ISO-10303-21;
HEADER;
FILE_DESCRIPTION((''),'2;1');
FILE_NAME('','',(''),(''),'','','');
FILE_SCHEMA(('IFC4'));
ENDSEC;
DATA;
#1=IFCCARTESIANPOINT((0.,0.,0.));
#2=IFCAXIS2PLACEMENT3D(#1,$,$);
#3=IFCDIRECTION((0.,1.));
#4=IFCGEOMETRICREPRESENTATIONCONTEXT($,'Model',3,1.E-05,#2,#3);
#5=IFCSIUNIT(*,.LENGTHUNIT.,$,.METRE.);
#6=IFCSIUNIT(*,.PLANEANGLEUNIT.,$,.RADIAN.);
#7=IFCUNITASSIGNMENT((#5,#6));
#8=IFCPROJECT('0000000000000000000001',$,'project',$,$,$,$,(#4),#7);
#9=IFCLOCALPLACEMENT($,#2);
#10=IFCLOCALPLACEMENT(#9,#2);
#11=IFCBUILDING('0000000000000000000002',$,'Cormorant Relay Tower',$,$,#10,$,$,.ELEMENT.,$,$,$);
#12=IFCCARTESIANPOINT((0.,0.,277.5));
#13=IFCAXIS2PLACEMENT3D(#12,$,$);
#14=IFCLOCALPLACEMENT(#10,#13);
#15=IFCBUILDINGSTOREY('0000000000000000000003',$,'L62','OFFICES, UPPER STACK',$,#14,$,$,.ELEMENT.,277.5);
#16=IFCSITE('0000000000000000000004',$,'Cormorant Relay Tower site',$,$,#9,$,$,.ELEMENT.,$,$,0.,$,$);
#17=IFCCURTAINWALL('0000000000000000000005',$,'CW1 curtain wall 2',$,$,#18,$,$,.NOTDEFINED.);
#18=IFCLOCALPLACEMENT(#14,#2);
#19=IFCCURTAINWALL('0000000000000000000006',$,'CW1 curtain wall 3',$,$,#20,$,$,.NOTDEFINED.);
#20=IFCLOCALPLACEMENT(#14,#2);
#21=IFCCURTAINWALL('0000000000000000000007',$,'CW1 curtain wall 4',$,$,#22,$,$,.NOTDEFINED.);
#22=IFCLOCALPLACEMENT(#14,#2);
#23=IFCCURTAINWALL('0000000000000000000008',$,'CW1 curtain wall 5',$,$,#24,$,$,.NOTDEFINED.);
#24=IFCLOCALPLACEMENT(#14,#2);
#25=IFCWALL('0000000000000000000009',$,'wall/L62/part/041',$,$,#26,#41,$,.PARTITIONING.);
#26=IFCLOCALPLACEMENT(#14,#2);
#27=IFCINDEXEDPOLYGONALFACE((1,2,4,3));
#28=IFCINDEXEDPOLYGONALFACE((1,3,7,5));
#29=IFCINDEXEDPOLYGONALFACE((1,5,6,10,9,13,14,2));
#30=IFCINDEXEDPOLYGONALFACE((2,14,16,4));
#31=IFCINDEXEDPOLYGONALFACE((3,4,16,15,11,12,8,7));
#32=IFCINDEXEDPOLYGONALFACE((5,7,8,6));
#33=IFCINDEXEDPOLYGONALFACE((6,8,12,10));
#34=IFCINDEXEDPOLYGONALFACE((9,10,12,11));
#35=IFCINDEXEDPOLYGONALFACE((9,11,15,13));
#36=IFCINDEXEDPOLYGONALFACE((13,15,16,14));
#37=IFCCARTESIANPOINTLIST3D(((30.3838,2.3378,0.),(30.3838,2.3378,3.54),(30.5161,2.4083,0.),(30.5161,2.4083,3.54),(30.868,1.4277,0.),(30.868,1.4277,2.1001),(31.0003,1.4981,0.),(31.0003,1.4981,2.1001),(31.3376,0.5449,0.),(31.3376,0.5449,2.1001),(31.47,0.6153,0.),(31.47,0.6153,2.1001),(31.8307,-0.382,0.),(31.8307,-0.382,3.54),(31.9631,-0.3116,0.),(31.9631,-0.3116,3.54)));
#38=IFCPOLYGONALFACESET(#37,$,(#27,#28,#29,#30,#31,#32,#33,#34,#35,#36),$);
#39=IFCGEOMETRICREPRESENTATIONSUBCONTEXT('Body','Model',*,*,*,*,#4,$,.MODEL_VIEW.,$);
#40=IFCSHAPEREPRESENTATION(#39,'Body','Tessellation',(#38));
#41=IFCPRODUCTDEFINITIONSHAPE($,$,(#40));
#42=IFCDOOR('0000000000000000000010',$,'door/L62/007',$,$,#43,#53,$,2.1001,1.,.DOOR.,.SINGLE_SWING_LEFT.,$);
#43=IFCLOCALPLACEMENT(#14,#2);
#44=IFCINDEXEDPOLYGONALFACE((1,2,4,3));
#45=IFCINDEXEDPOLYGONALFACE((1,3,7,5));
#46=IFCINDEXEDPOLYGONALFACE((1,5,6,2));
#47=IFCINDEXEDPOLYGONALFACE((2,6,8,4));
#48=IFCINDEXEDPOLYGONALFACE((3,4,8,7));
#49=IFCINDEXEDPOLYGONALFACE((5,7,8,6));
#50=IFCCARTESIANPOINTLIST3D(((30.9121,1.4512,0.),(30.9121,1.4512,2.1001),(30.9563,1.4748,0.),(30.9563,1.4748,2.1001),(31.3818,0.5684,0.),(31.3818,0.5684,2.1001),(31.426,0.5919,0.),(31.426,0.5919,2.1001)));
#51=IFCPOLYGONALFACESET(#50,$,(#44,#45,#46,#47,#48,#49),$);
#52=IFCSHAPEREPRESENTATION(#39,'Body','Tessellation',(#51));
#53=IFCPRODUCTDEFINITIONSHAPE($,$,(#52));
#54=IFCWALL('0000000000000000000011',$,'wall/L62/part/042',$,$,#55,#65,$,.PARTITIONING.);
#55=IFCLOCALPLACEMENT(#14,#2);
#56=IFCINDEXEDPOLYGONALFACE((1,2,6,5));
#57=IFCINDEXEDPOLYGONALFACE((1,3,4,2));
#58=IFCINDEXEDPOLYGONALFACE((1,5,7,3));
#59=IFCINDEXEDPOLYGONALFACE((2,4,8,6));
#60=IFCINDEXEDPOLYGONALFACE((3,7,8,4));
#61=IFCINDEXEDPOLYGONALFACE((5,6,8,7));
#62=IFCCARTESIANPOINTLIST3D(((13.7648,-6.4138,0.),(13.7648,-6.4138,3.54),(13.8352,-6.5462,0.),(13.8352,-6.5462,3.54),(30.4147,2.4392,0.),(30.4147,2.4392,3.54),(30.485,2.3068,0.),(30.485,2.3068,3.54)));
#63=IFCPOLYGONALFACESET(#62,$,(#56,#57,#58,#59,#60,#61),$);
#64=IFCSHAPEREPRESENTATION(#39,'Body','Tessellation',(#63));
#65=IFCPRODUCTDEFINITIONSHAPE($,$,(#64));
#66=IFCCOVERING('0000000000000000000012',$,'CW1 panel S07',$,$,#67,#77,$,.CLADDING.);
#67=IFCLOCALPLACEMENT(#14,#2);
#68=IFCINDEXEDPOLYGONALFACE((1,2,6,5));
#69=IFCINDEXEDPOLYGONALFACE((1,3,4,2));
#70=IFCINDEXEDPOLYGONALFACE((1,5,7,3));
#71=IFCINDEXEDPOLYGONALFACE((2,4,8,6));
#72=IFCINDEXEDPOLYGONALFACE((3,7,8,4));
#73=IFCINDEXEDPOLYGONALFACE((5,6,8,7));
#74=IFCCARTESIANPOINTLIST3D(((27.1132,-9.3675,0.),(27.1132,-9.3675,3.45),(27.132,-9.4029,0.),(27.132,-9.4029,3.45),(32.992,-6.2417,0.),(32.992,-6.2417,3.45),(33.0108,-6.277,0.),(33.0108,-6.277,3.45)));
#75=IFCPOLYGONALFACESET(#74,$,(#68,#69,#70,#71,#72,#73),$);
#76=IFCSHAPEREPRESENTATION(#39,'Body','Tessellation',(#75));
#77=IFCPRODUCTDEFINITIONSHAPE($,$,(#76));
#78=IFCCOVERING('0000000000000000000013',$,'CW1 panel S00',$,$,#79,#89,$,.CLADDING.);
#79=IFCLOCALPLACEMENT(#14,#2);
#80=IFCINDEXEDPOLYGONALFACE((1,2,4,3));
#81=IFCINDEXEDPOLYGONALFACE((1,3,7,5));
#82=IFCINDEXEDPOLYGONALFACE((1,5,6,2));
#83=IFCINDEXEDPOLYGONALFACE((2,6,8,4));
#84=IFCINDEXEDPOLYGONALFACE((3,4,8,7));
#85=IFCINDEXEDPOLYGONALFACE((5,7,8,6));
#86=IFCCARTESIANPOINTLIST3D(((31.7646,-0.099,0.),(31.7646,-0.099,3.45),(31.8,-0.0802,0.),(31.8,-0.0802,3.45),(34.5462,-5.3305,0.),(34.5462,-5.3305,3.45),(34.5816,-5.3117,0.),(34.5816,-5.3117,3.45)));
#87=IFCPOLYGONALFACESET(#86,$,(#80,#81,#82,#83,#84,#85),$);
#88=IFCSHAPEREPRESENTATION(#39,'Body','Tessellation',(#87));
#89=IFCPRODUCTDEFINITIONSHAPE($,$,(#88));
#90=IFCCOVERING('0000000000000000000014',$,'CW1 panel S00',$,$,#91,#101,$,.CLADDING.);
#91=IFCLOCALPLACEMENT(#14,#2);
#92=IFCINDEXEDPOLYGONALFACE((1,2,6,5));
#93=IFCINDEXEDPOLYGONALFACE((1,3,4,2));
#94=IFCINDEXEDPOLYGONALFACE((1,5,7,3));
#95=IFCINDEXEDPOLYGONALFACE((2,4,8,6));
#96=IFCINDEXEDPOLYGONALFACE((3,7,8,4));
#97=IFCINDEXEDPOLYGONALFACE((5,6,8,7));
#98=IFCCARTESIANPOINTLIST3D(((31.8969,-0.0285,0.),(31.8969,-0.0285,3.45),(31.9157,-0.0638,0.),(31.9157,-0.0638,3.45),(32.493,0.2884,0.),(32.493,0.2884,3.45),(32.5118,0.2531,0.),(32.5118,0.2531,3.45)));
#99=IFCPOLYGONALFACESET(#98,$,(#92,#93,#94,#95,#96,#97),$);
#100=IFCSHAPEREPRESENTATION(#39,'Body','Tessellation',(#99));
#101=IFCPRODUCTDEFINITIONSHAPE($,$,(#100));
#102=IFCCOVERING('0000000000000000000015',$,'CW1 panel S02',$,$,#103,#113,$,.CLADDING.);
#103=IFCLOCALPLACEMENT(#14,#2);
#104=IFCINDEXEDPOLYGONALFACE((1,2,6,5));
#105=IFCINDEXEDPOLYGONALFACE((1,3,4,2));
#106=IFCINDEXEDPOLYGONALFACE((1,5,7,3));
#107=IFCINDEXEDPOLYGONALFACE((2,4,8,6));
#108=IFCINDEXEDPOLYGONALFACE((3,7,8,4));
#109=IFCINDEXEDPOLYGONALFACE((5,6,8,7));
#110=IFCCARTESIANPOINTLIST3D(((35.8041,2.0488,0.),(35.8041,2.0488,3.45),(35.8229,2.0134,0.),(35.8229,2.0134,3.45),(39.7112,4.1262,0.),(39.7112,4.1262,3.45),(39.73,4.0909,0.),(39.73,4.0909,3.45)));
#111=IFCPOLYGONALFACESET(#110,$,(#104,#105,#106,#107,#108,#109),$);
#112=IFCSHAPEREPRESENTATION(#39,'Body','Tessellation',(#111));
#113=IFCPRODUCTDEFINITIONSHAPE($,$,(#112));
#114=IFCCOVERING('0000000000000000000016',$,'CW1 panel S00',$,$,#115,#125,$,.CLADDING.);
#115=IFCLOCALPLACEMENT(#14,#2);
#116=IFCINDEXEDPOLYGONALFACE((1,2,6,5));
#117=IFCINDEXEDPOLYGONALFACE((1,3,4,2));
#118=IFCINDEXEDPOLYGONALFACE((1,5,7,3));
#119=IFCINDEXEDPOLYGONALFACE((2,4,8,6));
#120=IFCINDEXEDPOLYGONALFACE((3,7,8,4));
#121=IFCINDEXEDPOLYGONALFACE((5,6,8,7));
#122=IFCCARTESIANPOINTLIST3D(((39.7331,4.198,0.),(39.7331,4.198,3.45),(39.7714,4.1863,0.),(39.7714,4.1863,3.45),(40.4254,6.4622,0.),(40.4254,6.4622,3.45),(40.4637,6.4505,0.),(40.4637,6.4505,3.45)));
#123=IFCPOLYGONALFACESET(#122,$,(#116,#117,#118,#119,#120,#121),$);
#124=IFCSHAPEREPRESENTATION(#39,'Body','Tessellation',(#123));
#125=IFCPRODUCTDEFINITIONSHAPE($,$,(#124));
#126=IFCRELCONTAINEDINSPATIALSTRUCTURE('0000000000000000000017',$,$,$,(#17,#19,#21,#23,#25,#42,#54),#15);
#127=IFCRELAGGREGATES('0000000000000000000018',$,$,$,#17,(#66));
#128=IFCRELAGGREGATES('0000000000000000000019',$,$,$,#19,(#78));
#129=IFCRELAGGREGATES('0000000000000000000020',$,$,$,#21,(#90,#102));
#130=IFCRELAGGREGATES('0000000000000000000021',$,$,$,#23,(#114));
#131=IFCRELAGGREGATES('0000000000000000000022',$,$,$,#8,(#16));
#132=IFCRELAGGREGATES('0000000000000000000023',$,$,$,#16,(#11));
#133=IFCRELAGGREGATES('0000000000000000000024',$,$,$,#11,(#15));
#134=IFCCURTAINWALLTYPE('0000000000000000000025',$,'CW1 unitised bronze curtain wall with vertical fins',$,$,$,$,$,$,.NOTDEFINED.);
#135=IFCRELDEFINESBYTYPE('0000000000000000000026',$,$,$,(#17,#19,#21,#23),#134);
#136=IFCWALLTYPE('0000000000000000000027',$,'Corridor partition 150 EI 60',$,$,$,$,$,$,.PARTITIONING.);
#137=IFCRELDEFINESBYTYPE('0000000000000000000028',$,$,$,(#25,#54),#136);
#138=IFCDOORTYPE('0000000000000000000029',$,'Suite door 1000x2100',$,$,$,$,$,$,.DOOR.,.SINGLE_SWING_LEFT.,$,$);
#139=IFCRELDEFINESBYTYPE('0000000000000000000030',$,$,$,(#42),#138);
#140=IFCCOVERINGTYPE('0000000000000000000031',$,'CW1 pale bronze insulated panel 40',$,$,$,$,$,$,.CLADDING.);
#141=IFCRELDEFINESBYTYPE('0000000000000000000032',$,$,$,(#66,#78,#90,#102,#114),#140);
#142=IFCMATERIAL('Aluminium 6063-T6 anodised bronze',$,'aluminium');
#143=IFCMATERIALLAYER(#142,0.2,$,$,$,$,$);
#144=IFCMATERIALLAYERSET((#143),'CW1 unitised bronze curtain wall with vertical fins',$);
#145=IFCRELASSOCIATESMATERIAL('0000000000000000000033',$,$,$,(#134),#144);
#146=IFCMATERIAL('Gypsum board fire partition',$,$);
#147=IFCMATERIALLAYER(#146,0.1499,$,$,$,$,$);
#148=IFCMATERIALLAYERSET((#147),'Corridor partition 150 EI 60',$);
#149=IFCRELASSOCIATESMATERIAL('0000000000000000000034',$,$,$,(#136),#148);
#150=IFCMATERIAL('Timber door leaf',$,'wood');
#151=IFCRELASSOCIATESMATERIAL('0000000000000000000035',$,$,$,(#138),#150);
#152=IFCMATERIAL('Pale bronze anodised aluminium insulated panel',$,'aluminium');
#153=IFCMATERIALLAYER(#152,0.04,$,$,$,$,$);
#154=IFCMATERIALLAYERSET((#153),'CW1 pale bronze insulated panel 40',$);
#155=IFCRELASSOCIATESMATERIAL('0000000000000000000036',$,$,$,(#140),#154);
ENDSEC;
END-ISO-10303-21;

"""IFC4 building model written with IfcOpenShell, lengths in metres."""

from ifc_helpers import new_model, si_unit, direction, frame, frame_2d, origin, origin_2d, place, context, subcontext, project, spatial, rectangle, extrude, material, layer, layer_set, type_object, element, fill, aggregate, save


model = new_model("IFC4")

# Units and contexts
model_context = context("Model", 3, precision=1e-05, world=origin(), true_north=direction((0.0, 1.0)))
body_context = subcontext(model_context, "Body", "Model", "MODEL_VIEW")
ifc_project = project(units=[si_unit("LENGTHUNIT", "METRE"), si_unit("PLANEANGLEUNIT", "RADIAN")], contexts=[model_context])

# Site, building, storey
site_placement = place(None, origin())
site = spatial("IfcSite", under=ifc_project, at=site_placement, Name="Cormorant Relay Tower site", CompositionType="ELEMENT", RefElevation=0.0)
building_placement = place(site_placement, origin())
building = spatial("IfcBuilding", under=site, at=building_placement, Name="Cormorant Relay Tower", CompositionType="ELEMENT")
storey_placement = place(building_placement, frame((0.0, 0.0, 277.5)))
storey = spatial("IfcBuildingStorey", under=building, at=storey_placement, Name="L62", Description="OFFICES, UPPER STACK", CompositionType="ELEMENT", Elevation=277.5)

# Curtain walls
ifc_material_1 = material(Name="Aluminium 6063-T6 anodised bronze", Category="aluminium")
ifc_layer_1 = layer(ifc_material_1, 0.2)
ifc_layer_set_1 = layer_set([ifc_layer_1], Name="CW1 unitised bronze curtain wall with vertical fins")
curtain_wall_type = type_object("IfcCurtainWallType", Name="CW1 unitised bronze curtain wall with vertical fins", PredefinedType="NOTDEFINED", material=ifc_layer_set_1)
curtain_wall_1_placement = place(storey_placement, origin())
curtain_wall_1 = element("IfcCurtainWall", 1, at=curtain_wall_1_placement, inside=storey, type_object=curtain_wall_type, Name="CW1 curtain wall 2", PredefinedType="NOTDEFINED")
curtain_wall_2_placement = place(storey_placement, origin())
curtain_wall_2 = element("IfcCurtainWall", 2, at=curtain_wall_2_placement, inside=storey, type_object=curtain_wall_type, Name="CW1 curtain wall 3", PredefinedType="NOTDEFINED")

# Curtain wall
curtain_wall_3_placement = place(storey_placement, origin())
curtain_wall_3 = element("IfcCurtainWall", 3, at=curtain_wall_3_placement, inside=storey, type_object=curtain_wall_type, Name="CW1 curtain wall 4", PredefinedType="NOTDEFINED")

# Curtain wall
curtain_wall_4_placement = place(storey_placement, origin())
curtain_wall_4 = element("IfcCurtainWall", 4, at=curtain_wall_4_placement, inside=storey, type_object=curtain_wall_type, Name="CW1 curtain wall 5", PredefinedType="NOTDEFINED")

# Wall, opening, door
ifc_material_2 = material(Name="Gypsum board fire partition")
ifc_layer_2 = layer(ifc_material_2, 0.1499)
ifc_layer_set_2 = layer_set([ifc_layer_2], Name="Corridor partition 150 EI 60")
wall_type_1 = type_object("IfcWallType", Name="Corridor partition 150 EI 60", PredefinedType="PARTITIONING", material=ifc_layer_set_2)
wall_1_placement = place(storey_placement, frame((31.897, -0.3469, 0.0), z_axis=(0.0, 0.0, 1.0), x_axis=(-0.469671, 0.882842, 0.0)))
wall_1 = element("IfcWall", 5, at=wall_1_placement, inside=storey, type_object=wall_type_1, Name="wall/L62/part/041", PredefinedType="PARTITIONING", context=body_context, shape_type="SweptSolid", body=[
    extrude(rectangle(XDim=3.0808, YDim=0.1499, at=frame_2d((1.5405, 0.0))), origin(), (0.0, 0.0, 1.0), 3.54),
])
opening_1_placement = place(wall_1_placement, frame((1.05, 0.0, 0.0)))
opening_1 = element("IfcOpeningElement", 6, at=opening_1_placement, cuts=wall_1, PredefinedType="OPENING", context=body_context, shape_type="SweptSolid", body=[
    extrude(rectangle(XDim=1.0, YDim=2.1001, at=frame_2d((0.5, 1.05))), frame((0.0, 0.085, 0.0), z_axis=(0.0, -1.0, 0.0), x_axis=(1.0, 0.0, 0.0)), (0.0, 0.0, 1.0), 0.1699),
])
ifc_material_3 = material(Name="Timber door leaf", Category="wood")
door_type_1 = type_object("IfcDoorType", Name="Suite door 1000x2100", OperationType="SINGLE_SWING_LEFT", PredefinedType="DOOR", material=ifc_material_3)
door_1_placement = place(opening_1_placement, origin())
door_1 = element("IfcDoor", 7, at=door_1_placement, inside=storey, type_object=door_type_1, Name="door/L62/007", OperationType="SINGLE_SWING_LEFT", OverallHeight=2.1001, OverallWidth=1.0, PredefinedType="DOOR", context=body_context, shape_type="SweptSolid", body=[
    extrude(rectangle(XDim=1.0, YDim=2.1001, at=frame_2d((0.5, 1.05))), frame((0.0, 0.0249, 0.0), z_axis=(0.0, -1.0, 0.0), x_axis=(1.0, 0.0, 0.0)), (0.0, 0.0, 1.0), 0.05),
])
fill(opening_1, door_1)

# Wall
wall_2_placement = place(storey_placement, frame((30.45, 2.373, 0.0), z_axis=(0.0, 0.0, 1.0), x_axis=(-0.882945, -0.469476, 0.0)))
element("IfcWall", 8, at=wall_2_placement, inside=storey, type_object=wall_type_1, Name="wall/L62/part/042", PredefinedType="PARTITIONING", context=body_context, shape_type="SweptSolid", body=[
    extrude(rectangle(XDim=18.8572, YDim=0.1499, at=frame_2d((9.4287, 0.0))), origin(), (0.0, 0.0, 1.0), 3.54),
])

# Coverings
ifc_material_4 = material(Name="Pale bronze anodised aluminium insulated panel", Category="aluminium")
ifc_layer_3 = layer(ifc_material_4, 0.04)
ifc_layer_set_3 = layer_set([ifc_layer_3], Name="CW1 pale bronze insulated panel 40")
covering_type = type_object("IfcCoveringType", Name="CW1 pale bronze insulated panel 40", PredefinedType="CLADDING", material=ifc_layer_set_3)
covering_1_placement = place(storey_placement, frame((30.062, -7.8223, 0.0), z_axis=(0.0, 0.0, 1.0), x_axis=(0.882948, 0.469472, 0.0)))
covering_1 = element("IfcCovering", 9, at=covering_1_placement, type_object=covering_type, Name="CW1 panel S07", PredefinedType="CLADDING", context=body_context, shape_type="SweptSolid", body=[
    extrude(rectangle(XDim=6.6582, YDim=0.04, at=origin_2d()), origin(), (0.0, 0.0, 1.0), 3.45),
])
aggregate(curtain_wall_1, [covering_1])
covering_2_placement = place(storey_placement, frame((33.1731, -2.7053, 0.0), z_axis=(0.0, 0.0, 1.0), x_axis=(-0.469472, 0.882948, 0.0)))
covering_2 = element("IfcCovering", 10, at=covering_2_placement, type_object=covering_type, Name="CW1 panel S00", PredefinedType="CLADDING", context=body_context, shape_type="SweptSolid", body=[
    extrude(rectangle(XDim=5.925, YDim=0.04, at=origin_2d()), origin(), (0.0, 0.0, 1.0), 3.45),
])
aggregate(curtain_wall_2, [covering_2])
covering_3_placement = place(storey_placement, frame((32.2043, 0.1123, 0.0), z_axis=(0.0, 0.0, 1.0), x_axis=(0.882948, 0.469472, 0.0)))
covering_3 = element("IfcCovering", 11, at=covering_3_placement, type_object=covering_type, Name="CW1 panel S00", PredefinedType="CLADDING", context=body_context, shape_type="SweptSolid", body=[
    extrude(rectangle(XDim=0.675, YDim=0.04, at=origin_2d()), origin(), (0.0, 0.0, 1.0), 3.45),
])
covering_4_placement = place(storey_placement, frame((37.7671, 3.0698, 0.0), z_axis=(0.0, 0.0, 1.0), x_axis=(0.882948, 0.469472, 0.0)))
covering_4 = element("IfcCovering", 12, at=covering_4_placement, type_object=covering_type, Name="CW1 panel S02", PredefinedType="CLADDING", context=body_context, shape_type="SweptSolid", body=[
    extrude(rectangle(XDim=4.425, YDim=0.04, at=origin_2d()), origin(), (0.0, 0.0, 1.0), 3.45),
])
aggregate(curtain_wall_3, [covering_3, covering_4])
covering_5_placement = place(storey_placement, frame((40.0984, 5.3242, 0.0), z_axis=(0.0, 0.0, 1.0), x_axis=(0.292372, 0.956305, 0.0)))
covering_5 = element("IfcCovering", 13, at=covering_5_placement, type_object=covering_type, Name="CW1 panel S00", PredefinedType="CLADDING", context=body_context, shape_type="SweptSolid", body=[
    extrude(rectangle(XDim=2.3677, YDim=0.04, at=origin_2d()), origin(), (0.0, 0.0, 1.0), 3.45),
])
aggregate(curtain_wall_4, [covering_5])

save(model, "model.ifc")
